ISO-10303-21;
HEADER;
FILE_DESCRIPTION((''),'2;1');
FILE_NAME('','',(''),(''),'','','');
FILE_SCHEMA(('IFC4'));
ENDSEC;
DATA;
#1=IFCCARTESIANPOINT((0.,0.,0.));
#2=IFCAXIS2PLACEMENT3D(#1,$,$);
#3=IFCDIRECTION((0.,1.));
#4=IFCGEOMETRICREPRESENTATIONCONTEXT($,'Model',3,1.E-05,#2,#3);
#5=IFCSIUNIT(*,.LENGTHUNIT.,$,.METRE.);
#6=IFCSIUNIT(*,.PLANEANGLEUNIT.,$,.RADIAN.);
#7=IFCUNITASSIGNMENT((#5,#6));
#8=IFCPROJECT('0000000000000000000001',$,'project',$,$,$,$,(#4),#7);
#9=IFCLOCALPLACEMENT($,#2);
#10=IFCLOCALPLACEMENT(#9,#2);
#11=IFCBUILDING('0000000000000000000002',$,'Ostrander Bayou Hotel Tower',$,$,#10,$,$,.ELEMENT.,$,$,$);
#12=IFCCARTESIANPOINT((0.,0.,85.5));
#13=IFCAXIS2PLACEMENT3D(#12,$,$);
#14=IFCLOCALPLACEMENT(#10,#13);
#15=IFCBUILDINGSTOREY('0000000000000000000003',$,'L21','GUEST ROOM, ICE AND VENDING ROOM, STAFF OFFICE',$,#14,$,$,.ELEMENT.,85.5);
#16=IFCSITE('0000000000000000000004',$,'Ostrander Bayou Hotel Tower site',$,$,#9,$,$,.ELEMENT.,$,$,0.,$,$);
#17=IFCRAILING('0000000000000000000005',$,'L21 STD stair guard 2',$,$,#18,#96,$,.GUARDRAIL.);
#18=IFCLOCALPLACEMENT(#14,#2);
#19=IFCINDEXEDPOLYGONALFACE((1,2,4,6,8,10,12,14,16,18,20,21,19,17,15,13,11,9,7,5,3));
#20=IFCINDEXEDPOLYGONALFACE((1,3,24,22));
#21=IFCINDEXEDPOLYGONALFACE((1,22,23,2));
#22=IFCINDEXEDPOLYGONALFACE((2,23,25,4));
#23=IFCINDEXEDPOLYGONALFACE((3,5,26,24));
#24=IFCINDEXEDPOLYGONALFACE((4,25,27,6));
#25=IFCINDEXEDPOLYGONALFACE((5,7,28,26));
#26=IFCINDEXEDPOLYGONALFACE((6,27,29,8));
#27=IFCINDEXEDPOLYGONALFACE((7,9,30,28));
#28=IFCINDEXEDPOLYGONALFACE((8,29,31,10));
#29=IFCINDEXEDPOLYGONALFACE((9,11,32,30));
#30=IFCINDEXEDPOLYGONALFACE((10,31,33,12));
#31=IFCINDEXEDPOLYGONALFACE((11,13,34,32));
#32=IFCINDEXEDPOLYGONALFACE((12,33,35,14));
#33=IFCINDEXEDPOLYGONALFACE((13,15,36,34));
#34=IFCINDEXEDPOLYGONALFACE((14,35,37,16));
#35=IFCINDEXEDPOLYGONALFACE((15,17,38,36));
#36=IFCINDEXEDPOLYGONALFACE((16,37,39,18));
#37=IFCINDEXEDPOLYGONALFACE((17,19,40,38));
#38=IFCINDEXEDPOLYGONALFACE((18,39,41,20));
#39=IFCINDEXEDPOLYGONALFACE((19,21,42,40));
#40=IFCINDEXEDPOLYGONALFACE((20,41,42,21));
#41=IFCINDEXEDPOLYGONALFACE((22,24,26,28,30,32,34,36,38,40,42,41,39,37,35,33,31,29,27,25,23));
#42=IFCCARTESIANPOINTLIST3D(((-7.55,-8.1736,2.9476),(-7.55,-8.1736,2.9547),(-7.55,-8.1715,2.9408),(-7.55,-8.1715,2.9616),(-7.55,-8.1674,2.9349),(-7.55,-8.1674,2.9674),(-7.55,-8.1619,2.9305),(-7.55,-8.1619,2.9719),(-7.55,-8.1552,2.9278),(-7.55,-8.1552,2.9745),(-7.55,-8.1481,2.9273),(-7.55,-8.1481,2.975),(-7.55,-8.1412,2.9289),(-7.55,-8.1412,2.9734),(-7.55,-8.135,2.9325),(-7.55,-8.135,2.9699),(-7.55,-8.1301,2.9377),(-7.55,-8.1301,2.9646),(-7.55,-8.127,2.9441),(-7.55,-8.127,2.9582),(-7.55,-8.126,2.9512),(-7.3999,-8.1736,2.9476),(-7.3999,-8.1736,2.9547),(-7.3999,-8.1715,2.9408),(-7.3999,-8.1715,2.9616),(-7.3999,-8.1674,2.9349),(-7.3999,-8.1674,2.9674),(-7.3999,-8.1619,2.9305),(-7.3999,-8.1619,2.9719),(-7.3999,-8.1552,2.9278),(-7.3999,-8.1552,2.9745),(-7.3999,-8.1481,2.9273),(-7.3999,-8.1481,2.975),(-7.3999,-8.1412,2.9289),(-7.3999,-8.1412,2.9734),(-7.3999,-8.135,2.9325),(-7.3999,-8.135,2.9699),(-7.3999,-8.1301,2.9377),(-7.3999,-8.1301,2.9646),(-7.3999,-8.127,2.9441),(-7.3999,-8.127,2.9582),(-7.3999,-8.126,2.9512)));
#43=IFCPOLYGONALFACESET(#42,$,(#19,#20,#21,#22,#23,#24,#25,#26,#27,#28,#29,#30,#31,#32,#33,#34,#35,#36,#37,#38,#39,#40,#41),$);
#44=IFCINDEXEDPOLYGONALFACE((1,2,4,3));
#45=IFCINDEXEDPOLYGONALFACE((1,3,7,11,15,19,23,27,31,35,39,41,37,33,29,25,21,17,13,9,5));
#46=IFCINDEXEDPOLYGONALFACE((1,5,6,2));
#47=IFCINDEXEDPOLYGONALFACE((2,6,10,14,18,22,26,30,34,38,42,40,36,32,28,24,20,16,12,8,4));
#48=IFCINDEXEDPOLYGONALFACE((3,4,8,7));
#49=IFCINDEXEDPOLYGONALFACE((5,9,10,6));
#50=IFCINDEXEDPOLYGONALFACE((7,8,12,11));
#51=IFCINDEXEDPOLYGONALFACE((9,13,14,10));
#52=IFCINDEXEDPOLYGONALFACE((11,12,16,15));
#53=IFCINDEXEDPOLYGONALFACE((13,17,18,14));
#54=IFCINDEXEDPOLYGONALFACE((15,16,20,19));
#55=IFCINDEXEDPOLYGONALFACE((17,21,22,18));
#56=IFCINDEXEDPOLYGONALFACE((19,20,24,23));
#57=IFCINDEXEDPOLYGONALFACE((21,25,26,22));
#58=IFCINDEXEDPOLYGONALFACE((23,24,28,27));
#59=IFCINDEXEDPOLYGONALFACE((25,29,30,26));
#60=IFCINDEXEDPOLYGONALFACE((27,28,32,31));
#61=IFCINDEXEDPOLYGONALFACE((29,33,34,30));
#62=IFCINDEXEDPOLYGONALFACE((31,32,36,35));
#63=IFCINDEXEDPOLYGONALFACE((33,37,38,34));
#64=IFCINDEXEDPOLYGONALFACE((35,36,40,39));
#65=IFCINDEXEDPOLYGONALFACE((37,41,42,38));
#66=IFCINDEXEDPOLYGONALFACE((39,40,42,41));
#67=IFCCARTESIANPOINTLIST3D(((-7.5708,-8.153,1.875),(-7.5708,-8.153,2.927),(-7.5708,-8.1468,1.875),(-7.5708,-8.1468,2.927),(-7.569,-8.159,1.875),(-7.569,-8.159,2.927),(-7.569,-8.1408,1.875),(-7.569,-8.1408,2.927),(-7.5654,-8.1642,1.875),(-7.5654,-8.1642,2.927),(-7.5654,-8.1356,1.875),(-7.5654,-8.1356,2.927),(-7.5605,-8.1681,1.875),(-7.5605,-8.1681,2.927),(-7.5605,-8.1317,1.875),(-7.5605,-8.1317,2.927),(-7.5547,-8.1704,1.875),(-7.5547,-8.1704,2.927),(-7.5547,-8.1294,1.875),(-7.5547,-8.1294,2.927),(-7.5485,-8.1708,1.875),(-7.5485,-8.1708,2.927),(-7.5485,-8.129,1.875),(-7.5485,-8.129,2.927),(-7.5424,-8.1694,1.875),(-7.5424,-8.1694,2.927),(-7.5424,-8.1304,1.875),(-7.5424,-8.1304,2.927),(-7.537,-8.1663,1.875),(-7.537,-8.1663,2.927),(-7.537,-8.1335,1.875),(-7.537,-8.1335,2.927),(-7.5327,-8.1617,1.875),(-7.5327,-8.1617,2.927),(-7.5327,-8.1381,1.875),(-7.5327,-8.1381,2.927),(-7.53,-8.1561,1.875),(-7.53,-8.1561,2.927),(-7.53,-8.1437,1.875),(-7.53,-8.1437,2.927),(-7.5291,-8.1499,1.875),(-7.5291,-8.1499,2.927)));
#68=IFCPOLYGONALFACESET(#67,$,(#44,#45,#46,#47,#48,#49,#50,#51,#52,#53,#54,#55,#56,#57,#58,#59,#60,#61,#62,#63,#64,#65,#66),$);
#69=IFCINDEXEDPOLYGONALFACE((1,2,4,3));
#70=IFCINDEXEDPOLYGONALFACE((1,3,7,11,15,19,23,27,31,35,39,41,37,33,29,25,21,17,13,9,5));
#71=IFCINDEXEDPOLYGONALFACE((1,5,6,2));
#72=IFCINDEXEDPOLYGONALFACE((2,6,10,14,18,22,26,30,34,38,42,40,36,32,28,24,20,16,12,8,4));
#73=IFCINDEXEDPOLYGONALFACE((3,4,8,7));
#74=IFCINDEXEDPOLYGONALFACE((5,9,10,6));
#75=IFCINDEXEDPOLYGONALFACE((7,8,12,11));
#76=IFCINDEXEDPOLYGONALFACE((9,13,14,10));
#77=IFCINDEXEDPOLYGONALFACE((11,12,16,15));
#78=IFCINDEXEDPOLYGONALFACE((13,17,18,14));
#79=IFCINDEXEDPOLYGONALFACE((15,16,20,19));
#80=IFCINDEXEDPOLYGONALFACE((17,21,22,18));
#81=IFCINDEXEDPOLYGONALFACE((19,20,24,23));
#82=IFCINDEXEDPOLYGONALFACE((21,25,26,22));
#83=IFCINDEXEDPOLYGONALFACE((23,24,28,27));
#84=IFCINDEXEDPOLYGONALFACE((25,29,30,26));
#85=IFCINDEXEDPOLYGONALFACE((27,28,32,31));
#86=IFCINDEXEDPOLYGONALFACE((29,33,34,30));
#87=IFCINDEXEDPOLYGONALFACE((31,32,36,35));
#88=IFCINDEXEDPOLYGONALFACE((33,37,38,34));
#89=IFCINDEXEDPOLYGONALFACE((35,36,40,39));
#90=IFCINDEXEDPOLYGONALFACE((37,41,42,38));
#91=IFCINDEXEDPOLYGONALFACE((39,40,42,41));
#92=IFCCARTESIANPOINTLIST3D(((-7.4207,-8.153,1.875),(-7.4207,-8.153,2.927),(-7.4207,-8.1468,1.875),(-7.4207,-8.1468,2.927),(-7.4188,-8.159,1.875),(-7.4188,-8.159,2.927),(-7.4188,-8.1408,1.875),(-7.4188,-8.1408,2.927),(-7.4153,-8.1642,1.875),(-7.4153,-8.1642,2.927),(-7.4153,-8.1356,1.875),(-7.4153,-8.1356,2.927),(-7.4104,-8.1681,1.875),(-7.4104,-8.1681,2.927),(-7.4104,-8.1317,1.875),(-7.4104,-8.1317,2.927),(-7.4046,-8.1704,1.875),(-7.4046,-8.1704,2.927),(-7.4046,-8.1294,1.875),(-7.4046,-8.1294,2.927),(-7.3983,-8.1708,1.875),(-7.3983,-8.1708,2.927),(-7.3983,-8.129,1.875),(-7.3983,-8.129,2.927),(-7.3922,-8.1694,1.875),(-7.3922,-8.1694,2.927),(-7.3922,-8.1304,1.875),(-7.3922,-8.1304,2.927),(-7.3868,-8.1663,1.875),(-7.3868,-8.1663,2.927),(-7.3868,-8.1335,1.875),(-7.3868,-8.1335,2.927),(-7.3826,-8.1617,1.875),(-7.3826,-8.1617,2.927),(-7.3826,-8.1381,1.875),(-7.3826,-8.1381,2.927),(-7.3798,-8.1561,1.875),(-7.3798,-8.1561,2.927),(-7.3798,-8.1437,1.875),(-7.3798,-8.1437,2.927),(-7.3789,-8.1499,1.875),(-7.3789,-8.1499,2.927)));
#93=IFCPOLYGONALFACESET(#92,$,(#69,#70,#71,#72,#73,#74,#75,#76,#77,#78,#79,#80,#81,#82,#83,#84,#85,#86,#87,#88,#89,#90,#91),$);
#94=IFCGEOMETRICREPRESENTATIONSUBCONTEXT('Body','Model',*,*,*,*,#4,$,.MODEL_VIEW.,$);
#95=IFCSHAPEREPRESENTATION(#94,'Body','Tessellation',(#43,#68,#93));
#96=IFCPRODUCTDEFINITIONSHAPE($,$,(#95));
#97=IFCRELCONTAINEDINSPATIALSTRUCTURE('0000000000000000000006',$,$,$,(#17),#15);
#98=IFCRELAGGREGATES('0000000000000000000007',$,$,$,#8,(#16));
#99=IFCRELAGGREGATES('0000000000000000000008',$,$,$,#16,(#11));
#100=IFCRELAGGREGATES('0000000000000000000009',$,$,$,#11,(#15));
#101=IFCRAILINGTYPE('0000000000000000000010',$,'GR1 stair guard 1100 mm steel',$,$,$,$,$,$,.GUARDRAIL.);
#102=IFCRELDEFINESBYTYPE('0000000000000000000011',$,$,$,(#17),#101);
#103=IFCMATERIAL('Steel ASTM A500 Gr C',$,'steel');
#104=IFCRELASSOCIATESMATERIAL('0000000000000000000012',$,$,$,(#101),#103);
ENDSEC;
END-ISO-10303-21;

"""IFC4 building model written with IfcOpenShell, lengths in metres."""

from ifc_helpers import new_model, si_unit, direction, frame, origin, origin_2d, place, context, subcontext, project, spatial, circle, extrude, material, type_object, element, save


model = new_model("IFC4")

# Units and contexts
model_context = context("Model", 3, precision=1e-05, world=origin(), true_north=direction((0.0, 1.0)))
body_context = subcontext(model_context, "Body", "Model", "MODEL_VIEW")
ifc_project = project(units=[si_unit("LENGTHUNIT", "METRE"), si_unit("PLANEANGLEUNIT", "RADIAN")], contexts=[model_context])

# Site, building, storey
site_placement = place(None, origin())
site = spatial("IfcSite", under=ifc_project, at=site_placement, Name="Ostrander Bayou Hotel Tower site", CompositionType="ELEMENT", RefElevation=0.0)
building_placement = place(site_placement, origin())
building = spatial("IfcBuilding", under=site, at=building_placement, Name="Ostrander Bayou Hotel Tower", CompositionType="ELEMENT")
storey_placement = place(building_placement, frame((0.0, 0.0, 85.5)))
storey = spatial("IfcBuildingStorey", under=building, at=storey_placement, Name="L21", Description="GUEST ROOM, ICE AND VENDING ROOM, STAFF OFFICE", CompositionType="ELEMENT", Elevation=85.5)

# Railing
ifc_material_1 = material(Name="Steel ASTM A500 Gr C", Category="steel")
railing_type_1 = type_object("IfcRailingType", Name="GR1 stair guard 1100 mm steel", PredefinedType="GUARDRAIL", material=ifc_material_1)
railing_1_placement = place(storey_placement, frame((-7.55, -8.1499, 1.875)))
element("IfcRailing", 1, at=railing_1_placement, inside=storey, type_object=railing_type_1, Name="L21 STD stair guard 2", PredefinedType="GUARDRAIL", context=body_context, shape_type="SweptSolid", body=[
    extrude(circle(Radius=0.0239, at=origin_2d()), frame((0.0, 0.0, 1.0762), z_axis=(1.0, 0.0, 0.0), x_axis=(0.0, 1.0, 0.0)), (0.0, 0.0, 1.0), 0.1501),
    extrude(circle(Radius=0.021, at=origin_2d()), origin(), (0.0, 0.0, 1.0), 1.052),
    extrude(circle(Radius=0.021, at=origin_2d()), frame((0.1501, 0.0, 0.0)), (0.0, 0.0, 1.0), 1.052),
])

save(model, "model.ifc")
